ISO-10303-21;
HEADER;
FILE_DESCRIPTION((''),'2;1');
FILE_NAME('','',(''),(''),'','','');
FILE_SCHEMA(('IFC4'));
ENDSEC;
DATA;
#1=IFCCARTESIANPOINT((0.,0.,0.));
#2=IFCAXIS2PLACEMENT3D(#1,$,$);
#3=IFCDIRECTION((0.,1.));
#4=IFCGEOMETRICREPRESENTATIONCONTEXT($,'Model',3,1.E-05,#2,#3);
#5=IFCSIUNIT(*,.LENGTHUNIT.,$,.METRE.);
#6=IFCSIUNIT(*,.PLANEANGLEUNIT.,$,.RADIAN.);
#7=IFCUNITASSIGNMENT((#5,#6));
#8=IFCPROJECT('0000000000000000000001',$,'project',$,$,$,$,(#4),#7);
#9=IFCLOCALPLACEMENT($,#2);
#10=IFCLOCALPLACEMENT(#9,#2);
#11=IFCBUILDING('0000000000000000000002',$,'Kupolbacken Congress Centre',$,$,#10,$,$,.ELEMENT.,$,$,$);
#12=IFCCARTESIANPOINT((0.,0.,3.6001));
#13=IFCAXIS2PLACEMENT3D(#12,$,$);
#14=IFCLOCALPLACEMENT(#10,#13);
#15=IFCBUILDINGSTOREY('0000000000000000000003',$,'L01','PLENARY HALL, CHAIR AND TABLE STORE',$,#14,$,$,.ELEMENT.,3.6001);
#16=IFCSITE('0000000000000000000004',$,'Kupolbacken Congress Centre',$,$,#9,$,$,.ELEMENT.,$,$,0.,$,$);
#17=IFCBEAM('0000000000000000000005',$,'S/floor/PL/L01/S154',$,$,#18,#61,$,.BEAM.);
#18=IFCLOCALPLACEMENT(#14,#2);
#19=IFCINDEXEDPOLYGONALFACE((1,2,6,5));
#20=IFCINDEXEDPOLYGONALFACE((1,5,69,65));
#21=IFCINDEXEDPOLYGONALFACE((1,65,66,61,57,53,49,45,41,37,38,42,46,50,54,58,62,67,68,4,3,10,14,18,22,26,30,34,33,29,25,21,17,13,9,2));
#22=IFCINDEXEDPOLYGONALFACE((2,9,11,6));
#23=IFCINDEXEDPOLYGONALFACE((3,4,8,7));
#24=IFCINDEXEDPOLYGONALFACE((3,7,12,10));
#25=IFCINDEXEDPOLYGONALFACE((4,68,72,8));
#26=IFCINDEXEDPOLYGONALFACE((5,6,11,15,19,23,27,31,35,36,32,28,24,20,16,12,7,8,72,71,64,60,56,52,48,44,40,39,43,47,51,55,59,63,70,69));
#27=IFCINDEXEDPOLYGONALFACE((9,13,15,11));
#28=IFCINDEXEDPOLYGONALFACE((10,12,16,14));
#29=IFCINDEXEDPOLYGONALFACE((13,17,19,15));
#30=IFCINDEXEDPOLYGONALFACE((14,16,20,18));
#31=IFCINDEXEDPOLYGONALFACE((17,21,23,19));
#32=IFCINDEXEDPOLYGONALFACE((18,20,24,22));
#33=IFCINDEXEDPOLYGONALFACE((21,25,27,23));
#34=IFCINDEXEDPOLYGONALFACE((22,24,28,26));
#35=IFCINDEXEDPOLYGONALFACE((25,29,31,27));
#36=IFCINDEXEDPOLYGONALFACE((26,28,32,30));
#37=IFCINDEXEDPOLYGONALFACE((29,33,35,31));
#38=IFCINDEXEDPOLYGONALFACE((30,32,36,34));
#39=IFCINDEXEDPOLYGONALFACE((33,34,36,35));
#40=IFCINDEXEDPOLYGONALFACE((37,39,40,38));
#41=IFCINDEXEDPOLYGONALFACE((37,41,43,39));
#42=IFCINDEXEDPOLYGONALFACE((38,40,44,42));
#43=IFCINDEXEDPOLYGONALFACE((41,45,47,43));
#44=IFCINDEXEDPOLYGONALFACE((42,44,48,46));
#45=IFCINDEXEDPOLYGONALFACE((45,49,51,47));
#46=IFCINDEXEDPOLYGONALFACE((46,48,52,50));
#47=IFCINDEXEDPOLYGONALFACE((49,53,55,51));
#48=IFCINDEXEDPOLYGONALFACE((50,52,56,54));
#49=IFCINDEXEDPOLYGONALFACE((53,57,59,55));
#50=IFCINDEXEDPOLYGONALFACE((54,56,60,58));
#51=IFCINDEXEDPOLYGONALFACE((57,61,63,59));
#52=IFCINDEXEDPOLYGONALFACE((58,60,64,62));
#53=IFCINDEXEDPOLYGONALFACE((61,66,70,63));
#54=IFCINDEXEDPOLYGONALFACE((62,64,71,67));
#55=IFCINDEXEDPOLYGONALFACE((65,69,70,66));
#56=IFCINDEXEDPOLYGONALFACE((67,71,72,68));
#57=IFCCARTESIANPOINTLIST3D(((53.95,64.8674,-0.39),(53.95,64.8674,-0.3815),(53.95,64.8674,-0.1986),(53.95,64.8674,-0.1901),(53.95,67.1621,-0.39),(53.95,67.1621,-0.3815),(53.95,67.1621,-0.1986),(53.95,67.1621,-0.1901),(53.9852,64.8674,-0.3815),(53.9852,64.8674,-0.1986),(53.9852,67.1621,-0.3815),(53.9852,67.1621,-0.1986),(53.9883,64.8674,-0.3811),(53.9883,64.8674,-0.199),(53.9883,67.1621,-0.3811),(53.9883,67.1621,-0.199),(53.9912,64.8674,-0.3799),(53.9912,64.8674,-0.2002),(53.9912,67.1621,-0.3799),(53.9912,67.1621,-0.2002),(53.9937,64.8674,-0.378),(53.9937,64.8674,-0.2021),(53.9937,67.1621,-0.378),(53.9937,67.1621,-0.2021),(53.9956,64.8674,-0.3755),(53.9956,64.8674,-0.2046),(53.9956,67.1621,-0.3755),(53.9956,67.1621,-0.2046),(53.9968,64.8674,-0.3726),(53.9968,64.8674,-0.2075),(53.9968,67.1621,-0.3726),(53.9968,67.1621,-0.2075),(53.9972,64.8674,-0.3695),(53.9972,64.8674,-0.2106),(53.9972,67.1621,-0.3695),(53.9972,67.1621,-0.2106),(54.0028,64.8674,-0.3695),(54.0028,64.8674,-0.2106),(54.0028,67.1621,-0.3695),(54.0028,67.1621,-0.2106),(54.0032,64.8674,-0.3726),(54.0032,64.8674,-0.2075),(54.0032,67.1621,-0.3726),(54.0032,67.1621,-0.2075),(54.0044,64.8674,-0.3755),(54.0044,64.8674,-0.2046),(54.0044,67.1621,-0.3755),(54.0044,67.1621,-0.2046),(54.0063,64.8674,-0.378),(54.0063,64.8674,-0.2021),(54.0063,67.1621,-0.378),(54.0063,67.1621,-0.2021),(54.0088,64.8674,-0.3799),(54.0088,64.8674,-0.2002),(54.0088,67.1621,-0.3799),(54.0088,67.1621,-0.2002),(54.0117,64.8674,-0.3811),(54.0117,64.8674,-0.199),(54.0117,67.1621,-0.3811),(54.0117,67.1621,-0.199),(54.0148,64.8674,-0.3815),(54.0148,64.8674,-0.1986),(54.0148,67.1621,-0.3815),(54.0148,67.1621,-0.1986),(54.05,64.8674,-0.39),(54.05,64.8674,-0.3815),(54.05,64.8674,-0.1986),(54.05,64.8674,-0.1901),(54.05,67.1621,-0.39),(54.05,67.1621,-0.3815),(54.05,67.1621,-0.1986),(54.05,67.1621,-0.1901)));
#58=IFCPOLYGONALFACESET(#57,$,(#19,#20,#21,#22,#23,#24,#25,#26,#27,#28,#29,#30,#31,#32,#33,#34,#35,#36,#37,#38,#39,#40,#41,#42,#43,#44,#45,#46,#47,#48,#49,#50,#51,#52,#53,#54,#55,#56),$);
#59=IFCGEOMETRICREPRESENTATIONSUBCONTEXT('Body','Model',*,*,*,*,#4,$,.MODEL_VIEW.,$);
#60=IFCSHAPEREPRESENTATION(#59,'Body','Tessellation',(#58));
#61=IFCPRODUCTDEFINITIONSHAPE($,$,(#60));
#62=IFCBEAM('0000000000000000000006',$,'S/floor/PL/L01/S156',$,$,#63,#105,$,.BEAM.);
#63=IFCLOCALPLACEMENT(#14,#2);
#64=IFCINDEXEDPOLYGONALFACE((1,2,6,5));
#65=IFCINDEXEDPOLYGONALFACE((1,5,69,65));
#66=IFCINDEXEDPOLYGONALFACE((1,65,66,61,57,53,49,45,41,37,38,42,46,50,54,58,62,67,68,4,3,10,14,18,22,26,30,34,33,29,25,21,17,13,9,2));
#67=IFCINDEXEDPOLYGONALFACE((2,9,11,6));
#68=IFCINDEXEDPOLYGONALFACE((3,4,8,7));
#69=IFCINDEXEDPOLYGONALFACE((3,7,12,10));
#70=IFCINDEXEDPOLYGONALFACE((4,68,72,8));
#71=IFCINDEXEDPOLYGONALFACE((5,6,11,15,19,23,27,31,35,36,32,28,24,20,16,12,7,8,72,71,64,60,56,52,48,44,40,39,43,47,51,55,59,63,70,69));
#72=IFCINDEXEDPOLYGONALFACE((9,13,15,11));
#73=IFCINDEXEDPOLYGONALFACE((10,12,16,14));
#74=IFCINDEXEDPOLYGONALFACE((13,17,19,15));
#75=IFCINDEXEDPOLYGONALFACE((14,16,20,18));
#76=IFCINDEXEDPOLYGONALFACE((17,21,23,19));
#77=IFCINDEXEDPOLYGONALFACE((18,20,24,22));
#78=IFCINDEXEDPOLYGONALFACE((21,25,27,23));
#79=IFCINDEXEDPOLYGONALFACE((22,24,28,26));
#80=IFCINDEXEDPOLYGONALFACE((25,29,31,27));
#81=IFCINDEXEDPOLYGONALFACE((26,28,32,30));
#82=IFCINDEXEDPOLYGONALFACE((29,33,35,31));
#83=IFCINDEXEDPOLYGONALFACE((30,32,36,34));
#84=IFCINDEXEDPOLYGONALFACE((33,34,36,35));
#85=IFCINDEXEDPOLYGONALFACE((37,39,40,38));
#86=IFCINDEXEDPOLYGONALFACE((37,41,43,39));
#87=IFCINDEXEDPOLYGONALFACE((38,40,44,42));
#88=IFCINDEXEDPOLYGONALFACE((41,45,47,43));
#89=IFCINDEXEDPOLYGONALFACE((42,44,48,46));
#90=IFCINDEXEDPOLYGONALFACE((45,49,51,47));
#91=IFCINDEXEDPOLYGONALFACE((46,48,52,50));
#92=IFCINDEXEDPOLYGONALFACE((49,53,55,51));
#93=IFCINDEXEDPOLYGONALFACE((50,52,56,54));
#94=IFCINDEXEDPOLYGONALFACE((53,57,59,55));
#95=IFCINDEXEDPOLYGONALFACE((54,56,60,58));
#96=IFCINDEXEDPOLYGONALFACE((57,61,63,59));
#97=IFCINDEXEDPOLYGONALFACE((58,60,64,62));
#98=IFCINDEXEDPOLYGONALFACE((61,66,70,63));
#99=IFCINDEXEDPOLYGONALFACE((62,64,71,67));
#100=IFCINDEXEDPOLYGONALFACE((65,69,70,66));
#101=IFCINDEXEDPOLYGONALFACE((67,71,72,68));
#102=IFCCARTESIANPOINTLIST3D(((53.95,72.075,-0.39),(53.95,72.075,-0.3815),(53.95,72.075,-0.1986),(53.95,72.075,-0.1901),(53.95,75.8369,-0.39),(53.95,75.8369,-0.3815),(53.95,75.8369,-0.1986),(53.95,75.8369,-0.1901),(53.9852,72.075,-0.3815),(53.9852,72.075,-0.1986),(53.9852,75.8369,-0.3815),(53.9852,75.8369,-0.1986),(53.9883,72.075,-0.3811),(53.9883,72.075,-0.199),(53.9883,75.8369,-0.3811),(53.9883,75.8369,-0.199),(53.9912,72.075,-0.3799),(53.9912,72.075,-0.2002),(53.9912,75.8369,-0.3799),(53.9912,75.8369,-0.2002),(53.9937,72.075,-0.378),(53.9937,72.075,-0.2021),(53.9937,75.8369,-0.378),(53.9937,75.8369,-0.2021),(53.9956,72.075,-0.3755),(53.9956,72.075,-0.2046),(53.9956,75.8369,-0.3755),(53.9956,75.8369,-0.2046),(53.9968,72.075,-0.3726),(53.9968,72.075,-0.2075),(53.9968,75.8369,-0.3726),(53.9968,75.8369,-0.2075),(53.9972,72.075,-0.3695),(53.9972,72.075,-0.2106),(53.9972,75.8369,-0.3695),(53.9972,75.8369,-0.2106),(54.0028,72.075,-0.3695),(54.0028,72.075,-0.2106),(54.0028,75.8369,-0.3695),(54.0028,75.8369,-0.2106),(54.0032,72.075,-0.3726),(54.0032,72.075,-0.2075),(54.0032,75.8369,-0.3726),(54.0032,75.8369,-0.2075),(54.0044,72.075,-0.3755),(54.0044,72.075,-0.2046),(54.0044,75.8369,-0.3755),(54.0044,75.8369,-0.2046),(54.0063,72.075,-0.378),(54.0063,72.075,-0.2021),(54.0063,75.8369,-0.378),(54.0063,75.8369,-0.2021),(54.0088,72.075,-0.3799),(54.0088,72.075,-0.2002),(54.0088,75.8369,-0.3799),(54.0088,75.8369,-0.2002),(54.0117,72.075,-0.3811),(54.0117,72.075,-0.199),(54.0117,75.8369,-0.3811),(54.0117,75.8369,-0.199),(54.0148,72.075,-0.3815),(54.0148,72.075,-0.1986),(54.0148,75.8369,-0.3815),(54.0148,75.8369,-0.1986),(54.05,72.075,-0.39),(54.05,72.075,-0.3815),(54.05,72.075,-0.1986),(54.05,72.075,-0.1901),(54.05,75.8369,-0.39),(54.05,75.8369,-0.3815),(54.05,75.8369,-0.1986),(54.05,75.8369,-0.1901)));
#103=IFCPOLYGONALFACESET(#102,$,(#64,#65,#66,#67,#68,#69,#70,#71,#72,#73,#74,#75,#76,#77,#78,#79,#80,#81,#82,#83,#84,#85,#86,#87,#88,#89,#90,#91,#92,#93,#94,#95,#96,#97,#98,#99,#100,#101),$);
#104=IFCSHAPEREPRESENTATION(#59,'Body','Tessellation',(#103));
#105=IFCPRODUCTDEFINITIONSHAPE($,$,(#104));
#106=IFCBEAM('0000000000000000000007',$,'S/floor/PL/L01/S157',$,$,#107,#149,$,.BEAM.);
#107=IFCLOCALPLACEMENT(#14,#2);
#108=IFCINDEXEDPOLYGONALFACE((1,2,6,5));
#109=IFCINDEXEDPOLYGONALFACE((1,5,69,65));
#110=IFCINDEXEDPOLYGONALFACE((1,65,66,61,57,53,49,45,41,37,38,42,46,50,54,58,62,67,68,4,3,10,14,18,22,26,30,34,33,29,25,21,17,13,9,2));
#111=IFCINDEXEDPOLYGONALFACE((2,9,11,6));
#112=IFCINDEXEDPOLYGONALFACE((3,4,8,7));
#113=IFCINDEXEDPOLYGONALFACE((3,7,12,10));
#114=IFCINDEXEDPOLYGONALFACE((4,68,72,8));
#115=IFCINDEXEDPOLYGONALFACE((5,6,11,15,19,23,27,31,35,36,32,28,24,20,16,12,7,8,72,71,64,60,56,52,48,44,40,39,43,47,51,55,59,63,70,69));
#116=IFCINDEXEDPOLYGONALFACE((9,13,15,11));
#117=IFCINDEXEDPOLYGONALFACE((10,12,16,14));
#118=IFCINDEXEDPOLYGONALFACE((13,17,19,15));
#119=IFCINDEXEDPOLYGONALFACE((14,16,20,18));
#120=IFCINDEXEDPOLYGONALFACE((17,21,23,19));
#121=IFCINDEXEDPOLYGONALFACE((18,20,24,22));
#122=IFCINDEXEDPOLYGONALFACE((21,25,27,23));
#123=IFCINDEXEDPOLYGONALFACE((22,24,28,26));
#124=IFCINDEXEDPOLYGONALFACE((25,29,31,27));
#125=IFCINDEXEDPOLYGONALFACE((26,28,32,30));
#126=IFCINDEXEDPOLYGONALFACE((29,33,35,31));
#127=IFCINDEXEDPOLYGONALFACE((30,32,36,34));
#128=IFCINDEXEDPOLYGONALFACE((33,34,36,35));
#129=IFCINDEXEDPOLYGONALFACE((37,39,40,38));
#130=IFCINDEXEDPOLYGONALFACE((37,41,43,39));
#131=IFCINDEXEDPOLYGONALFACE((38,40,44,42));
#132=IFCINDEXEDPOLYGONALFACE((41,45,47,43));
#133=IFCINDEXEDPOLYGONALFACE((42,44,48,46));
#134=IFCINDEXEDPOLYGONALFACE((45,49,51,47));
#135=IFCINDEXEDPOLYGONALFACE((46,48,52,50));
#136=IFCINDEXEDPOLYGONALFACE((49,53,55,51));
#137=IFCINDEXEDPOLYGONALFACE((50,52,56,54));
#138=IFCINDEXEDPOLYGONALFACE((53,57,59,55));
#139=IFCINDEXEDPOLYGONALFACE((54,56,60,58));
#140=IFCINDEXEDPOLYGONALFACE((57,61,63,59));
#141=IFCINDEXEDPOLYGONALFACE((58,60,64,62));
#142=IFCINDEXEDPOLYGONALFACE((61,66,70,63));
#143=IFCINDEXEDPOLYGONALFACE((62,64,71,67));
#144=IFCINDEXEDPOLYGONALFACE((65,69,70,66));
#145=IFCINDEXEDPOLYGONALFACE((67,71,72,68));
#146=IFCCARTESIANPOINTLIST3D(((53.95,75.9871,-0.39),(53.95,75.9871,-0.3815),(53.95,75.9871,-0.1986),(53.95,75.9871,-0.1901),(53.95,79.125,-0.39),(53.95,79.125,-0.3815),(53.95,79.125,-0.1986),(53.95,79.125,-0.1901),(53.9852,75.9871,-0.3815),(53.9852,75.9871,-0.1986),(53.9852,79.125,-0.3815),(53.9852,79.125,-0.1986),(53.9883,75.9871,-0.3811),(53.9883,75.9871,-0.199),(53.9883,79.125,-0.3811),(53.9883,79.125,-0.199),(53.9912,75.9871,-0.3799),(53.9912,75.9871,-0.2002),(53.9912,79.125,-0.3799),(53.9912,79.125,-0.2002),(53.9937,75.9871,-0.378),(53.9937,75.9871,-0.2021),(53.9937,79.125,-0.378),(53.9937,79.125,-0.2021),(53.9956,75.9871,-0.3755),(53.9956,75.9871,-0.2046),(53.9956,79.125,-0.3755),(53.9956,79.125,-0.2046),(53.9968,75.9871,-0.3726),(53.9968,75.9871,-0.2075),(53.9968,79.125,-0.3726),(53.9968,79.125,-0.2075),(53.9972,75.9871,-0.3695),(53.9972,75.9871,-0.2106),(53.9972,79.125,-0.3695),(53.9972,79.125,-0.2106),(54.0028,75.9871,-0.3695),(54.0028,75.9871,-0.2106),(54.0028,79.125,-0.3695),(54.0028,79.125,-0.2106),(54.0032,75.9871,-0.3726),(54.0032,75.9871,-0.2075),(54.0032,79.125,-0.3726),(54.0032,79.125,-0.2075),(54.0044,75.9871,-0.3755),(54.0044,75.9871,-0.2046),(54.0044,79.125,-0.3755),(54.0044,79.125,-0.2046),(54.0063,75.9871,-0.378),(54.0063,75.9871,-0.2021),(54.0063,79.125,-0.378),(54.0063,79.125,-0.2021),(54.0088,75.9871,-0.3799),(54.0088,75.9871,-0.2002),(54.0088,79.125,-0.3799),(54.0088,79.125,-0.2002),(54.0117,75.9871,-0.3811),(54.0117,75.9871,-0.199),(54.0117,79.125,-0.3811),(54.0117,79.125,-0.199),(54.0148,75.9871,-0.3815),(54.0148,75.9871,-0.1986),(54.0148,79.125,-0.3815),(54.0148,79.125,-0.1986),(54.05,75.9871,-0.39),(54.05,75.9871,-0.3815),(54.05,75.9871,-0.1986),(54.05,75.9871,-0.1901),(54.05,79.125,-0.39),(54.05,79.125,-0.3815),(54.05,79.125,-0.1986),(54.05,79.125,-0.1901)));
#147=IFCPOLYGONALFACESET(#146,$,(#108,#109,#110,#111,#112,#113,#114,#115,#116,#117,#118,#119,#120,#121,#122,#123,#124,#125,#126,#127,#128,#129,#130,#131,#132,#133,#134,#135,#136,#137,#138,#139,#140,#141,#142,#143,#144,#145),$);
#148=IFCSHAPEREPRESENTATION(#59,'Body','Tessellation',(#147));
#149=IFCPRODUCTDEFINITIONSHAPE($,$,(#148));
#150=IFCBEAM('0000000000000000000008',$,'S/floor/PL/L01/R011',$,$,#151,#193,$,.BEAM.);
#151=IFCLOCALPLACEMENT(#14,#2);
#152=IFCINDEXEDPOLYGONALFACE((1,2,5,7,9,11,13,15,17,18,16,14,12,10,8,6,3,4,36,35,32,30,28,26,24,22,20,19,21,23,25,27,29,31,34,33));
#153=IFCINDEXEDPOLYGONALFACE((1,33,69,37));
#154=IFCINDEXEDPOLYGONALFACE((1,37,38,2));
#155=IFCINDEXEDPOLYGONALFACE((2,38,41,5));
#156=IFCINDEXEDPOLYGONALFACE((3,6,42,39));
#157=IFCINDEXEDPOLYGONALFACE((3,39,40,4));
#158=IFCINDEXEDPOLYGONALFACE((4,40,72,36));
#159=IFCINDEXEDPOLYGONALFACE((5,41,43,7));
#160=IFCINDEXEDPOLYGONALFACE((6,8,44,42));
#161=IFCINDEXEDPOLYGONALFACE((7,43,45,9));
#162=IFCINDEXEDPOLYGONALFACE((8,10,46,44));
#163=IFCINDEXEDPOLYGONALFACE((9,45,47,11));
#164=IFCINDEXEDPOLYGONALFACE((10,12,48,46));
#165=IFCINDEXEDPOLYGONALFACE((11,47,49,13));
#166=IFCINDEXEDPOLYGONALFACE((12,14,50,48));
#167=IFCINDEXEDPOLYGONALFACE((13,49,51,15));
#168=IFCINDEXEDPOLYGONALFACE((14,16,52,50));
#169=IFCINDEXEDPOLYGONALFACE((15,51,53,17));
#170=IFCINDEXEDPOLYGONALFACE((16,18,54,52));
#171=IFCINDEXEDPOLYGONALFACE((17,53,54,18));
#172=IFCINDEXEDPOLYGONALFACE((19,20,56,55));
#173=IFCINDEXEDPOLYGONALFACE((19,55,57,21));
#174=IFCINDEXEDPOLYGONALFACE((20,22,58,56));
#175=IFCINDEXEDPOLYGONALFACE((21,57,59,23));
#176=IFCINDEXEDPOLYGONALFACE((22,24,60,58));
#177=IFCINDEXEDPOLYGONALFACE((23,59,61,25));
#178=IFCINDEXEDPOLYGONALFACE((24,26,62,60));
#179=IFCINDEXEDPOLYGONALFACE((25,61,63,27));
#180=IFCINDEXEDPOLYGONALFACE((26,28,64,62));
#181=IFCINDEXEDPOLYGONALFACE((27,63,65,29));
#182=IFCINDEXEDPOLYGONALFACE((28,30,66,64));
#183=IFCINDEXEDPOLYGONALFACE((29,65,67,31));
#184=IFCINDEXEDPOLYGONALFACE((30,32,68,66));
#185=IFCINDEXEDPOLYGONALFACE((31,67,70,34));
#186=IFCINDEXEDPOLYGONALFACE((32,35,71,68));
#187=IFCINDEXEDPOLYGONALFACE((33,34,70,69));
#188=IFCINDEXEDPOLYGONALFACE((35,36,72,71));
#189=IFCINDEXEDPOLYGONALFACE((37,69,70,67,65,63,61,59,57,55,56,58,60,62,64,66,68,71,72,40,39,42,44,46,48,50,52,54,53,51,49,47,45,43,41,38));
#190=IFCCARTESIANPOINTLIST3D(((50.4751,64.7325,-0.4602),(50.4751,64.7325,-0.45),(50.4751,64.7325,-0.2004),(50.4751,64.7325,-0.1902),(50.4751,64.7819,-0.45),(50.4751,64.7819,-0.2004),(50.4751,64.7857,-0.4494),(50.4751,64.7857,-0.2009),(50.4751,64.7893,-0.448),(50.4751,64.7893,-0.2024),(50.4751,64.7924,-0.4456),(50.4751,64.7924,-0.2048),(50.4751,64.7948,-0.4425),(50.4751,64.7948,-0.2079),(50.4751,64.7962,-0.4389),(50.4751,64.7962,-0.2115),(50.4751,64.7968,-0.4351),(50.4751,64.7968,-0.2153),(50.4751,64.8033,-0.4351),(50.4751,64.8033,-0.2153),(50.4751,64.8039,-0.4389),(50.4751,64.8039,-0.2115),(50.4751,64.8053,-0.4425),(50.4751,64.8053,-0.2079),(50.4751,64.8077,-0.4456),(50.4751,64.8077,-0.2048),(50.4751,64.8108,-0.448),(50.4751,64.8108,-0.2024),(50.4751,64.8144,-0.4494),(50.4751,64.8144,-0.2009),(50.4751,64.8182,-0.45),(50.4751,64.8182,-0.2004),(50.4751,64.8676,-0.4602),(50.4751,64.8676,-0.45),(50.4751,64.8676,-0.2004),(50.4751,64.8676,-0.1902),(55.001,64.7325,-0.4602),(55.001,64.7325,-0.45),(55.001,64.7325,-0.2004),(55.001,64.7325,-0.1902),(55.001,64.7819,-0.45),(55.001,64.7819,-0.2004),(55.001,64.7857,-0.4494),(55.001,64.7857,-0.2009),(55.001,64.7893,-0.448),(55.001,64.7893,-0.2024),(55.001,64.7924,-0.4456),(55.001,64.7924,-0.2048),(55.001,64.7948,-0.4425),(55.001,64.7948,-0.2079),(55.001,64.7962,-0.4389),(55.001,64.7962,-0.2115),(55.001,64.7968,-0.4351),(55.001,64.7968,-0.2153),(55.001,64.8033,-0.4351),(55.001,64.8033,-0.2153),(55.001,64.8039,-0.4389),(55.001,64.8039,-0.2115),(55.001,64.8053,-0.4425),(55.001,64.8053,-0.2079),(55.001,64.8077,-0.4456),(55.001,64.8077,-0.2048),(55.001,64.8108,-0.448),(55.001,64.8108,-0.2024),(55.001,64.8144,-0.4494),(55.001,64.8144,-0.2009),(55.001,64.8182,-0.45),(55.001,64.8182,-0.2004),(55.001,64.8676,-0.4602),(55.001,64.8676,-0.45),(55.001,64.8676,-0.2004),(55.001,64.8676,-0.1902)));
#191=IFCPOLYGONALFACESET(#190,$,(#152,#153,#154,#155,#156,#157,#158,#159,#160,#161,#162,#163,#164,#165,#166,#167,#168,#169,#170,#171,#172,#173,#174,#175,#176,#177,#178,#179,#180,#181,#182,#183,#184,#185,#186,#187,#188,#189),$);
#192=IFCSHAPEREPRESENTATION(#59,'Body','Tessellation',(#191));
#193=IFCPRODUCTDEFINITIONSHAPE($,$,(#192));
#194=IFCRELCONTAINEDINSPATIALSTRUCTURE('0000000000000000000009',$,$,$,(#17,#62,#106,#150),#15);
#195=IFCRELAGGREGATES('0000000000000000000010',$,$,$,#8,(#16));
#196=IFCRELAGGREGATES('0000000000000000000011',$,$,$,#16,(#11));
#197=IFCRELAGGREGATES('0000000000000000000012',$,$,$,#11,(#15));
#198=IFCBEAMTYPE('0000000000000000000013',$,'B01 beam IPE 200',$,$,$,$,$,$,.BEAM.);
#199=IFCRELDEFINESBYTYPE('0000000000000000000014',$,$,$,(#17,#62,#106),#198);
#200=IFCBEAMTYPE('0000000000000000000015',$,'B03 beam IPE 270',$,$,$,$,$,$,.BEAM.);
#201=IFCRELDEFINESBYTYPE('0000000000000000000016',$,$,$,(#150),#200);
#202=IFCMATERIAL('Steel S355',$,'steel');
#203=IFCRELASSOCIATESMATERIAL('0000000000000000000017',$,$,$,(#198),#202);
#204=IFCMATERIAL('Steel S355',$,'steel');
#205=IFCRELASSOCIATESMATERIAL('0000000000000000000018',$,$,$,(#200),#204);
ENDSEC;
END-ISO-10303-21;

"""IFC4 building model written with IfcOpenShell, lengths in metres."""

from ifc_helpers import new_model, si_unit, direction, frame, origin, origin_2d, place, context, subcontext, project, spatial, i_section, extrude, material, material_profile, profile_set, type_object, element, save


model = new_model("IFC4")

# Units and contexts
model_context = context("Model", 3, precision=1e-05, world=origin(), true_north=direction((0.0, 1.0)))
body_context = subcontext(model_context, "Body", "Model", "MODEL_VIEW")
ifc_project = project(units=[si_unit("LENGTHUNIT", "METRE"), si_unit("PLANEANGLEUNIT", "RADIAN")], contexts=[model_context])

# Site, building, storey
site_placement = place(None, origin())
site = spatial("IfcSite", under=ifc_project, at=site_placement, Name="Kupolbacken Congress Centre", CompositionType="ELEMENT", RefElevation=0.0)
building_placement = place(site_placement, origin())
building = spatial("IfcBuilding", under=site, at=building_placement, Name="Kupolbacken Congress Centre", CompositionType="ELEMENT")
storey_placement = place(building_placement, frame((0.0, 0.0, 3.6001)))
storey = spatial("IfcBuildingStorey", under=building, at=storey_placement, Name="L01", Description="PLENARY HALL, CHAIR AND TABLE STORE", CompositionType="ELEMENT", Elevation=3.6001)

# Beams
ifc_material_1 = material(Name="Steel S355", Category="steel")
ifc_material_profile_1 = material_profile(ifc_material_1, i_section(OverallWidth=0.1001, OverallDepth=0.2, WebThickness=0.0056, FlangeThickness=0.0085, FilletRadius=0.012, at=origin_2d()), Name="IPE 200")
ifc_profile_set_1 = profile_set([ifc_material_profile_1], Name="Steel S355")
beam_type_1 = type_object("IfcBeamType", Name="B01 beam IPE 200", PredefinedType="BEAM", material=ifc_profile_set_1)
beam_1_placement = place(storey_placement, frame((54.0, 64.8674, -0.29), z_axis=(0.0, 1.0, 0.0), x_axis=(-1.0, 0.0, 0.0)))
element("IfcBeam", 1, at=beam_1_placement, inside=storey, type_object=beam_type_1, Name="S/floor/PL/L01/S154", PredefinedType="BEAM", context=body_context, shape_type="SweptSolid", body=[
    extrude(i_section(OverallWidth=0.1001, OverallDepth=0.2, WebThickness=0.0056, FlangeThickness=0.0085, FilletRadius=0.012, at=origin_2d()), origin(), (0.0, 0.0, 1.0), 2.2947),
])
beam_2_placement = place(storey_placement, frame((54.0, 72.075, -0.29), z_axis=(0.0, 1.0, 0.0), x_axis=(-1.0, 0.0, 0.0)))
element("IfcBeam", 2, at=beam_2_placement, inside=storey, type_object=beam_type_1, Name="S/floor/PL/L01/S156", PredefinedType="BEAM", context=body_context, shape_type="SweptSolid", body=[
    extrude(i_section(OverallWidth=0.1001, OverallDepth=0.2, WebThickness=0.0056, FlangeThickness=0.0085, FilletRadius=0.012, at=origin_2d()), origin(), (0.0, 0.0, 1.0), 3.762),
])
beam_3_placement = place(storey_placement, frame((54.0, 75.9871, -0.29), z_axis=(0.0, 1.0, 0.0), x_axis=(-1.0, 0.0, 0.0)))
element("IfcBeam", 3, at=beam_3_placement, inside=storey, type_object=beam_type_1, Name="S/floor/PL/L01/S157", PredefinedType="BEAM", context=body_context, shape_type="SweptSolid", body=[
    extrude(i_section(OverallWidth=0.1001, OverallDepth=0.2, WebThickness=0.0056, FlangeThickness=0.0085, FilletRadius=0.012, at=origin_2d()), origin(), (0.0, 0.0, 1.0), 3.1379),
])
ifc_material_2 = material(Name="Steel S355", Category="steel")
ifc_material_profile_2 = material_profile(ifc_material_2, i_section(OverallWidth=0.135, OverallDepth=0.27, WebThickness=0.0066, FlangeThickness=0.0103, FilletRadius=0.0149, at=origin_2d()), Name="IPE 270")
ifc_profile_set_2 = profile_set([ifc_material_profile_2], Name="Steel S355")
beam_type_2 = type_object("IfcBeamType", Name="B03 beam IPE 270", PredefinedType="BEAM", material=ifc_profile_set_2)
beam_4_placement = place(storey_placement, frame((50.4751, 64.8, -0.3252), z_axis=(1.0, 0.0, 0.0), x_axis=(0.0, 1.0, 0.0)))
element("IfcBeam", 4, at=beam_4_placement, inside=storey, type_object=beam_type_2, Name="S/floor/PL/L01/R011", PredefinedType="BEAM", context=body_context, shape_type="SweptSolid", body=[
    extrude(i_section(OverallWidth=0.135, OverallDepth=0.27, WebThickness=0.0066, FlangeThickness=0.0103, FilletRadius=0.0149, at=origin_2d()), origin(), (0.0, 0.0, 1.0), 4.5259),
])

save(model, "model.ifc")
